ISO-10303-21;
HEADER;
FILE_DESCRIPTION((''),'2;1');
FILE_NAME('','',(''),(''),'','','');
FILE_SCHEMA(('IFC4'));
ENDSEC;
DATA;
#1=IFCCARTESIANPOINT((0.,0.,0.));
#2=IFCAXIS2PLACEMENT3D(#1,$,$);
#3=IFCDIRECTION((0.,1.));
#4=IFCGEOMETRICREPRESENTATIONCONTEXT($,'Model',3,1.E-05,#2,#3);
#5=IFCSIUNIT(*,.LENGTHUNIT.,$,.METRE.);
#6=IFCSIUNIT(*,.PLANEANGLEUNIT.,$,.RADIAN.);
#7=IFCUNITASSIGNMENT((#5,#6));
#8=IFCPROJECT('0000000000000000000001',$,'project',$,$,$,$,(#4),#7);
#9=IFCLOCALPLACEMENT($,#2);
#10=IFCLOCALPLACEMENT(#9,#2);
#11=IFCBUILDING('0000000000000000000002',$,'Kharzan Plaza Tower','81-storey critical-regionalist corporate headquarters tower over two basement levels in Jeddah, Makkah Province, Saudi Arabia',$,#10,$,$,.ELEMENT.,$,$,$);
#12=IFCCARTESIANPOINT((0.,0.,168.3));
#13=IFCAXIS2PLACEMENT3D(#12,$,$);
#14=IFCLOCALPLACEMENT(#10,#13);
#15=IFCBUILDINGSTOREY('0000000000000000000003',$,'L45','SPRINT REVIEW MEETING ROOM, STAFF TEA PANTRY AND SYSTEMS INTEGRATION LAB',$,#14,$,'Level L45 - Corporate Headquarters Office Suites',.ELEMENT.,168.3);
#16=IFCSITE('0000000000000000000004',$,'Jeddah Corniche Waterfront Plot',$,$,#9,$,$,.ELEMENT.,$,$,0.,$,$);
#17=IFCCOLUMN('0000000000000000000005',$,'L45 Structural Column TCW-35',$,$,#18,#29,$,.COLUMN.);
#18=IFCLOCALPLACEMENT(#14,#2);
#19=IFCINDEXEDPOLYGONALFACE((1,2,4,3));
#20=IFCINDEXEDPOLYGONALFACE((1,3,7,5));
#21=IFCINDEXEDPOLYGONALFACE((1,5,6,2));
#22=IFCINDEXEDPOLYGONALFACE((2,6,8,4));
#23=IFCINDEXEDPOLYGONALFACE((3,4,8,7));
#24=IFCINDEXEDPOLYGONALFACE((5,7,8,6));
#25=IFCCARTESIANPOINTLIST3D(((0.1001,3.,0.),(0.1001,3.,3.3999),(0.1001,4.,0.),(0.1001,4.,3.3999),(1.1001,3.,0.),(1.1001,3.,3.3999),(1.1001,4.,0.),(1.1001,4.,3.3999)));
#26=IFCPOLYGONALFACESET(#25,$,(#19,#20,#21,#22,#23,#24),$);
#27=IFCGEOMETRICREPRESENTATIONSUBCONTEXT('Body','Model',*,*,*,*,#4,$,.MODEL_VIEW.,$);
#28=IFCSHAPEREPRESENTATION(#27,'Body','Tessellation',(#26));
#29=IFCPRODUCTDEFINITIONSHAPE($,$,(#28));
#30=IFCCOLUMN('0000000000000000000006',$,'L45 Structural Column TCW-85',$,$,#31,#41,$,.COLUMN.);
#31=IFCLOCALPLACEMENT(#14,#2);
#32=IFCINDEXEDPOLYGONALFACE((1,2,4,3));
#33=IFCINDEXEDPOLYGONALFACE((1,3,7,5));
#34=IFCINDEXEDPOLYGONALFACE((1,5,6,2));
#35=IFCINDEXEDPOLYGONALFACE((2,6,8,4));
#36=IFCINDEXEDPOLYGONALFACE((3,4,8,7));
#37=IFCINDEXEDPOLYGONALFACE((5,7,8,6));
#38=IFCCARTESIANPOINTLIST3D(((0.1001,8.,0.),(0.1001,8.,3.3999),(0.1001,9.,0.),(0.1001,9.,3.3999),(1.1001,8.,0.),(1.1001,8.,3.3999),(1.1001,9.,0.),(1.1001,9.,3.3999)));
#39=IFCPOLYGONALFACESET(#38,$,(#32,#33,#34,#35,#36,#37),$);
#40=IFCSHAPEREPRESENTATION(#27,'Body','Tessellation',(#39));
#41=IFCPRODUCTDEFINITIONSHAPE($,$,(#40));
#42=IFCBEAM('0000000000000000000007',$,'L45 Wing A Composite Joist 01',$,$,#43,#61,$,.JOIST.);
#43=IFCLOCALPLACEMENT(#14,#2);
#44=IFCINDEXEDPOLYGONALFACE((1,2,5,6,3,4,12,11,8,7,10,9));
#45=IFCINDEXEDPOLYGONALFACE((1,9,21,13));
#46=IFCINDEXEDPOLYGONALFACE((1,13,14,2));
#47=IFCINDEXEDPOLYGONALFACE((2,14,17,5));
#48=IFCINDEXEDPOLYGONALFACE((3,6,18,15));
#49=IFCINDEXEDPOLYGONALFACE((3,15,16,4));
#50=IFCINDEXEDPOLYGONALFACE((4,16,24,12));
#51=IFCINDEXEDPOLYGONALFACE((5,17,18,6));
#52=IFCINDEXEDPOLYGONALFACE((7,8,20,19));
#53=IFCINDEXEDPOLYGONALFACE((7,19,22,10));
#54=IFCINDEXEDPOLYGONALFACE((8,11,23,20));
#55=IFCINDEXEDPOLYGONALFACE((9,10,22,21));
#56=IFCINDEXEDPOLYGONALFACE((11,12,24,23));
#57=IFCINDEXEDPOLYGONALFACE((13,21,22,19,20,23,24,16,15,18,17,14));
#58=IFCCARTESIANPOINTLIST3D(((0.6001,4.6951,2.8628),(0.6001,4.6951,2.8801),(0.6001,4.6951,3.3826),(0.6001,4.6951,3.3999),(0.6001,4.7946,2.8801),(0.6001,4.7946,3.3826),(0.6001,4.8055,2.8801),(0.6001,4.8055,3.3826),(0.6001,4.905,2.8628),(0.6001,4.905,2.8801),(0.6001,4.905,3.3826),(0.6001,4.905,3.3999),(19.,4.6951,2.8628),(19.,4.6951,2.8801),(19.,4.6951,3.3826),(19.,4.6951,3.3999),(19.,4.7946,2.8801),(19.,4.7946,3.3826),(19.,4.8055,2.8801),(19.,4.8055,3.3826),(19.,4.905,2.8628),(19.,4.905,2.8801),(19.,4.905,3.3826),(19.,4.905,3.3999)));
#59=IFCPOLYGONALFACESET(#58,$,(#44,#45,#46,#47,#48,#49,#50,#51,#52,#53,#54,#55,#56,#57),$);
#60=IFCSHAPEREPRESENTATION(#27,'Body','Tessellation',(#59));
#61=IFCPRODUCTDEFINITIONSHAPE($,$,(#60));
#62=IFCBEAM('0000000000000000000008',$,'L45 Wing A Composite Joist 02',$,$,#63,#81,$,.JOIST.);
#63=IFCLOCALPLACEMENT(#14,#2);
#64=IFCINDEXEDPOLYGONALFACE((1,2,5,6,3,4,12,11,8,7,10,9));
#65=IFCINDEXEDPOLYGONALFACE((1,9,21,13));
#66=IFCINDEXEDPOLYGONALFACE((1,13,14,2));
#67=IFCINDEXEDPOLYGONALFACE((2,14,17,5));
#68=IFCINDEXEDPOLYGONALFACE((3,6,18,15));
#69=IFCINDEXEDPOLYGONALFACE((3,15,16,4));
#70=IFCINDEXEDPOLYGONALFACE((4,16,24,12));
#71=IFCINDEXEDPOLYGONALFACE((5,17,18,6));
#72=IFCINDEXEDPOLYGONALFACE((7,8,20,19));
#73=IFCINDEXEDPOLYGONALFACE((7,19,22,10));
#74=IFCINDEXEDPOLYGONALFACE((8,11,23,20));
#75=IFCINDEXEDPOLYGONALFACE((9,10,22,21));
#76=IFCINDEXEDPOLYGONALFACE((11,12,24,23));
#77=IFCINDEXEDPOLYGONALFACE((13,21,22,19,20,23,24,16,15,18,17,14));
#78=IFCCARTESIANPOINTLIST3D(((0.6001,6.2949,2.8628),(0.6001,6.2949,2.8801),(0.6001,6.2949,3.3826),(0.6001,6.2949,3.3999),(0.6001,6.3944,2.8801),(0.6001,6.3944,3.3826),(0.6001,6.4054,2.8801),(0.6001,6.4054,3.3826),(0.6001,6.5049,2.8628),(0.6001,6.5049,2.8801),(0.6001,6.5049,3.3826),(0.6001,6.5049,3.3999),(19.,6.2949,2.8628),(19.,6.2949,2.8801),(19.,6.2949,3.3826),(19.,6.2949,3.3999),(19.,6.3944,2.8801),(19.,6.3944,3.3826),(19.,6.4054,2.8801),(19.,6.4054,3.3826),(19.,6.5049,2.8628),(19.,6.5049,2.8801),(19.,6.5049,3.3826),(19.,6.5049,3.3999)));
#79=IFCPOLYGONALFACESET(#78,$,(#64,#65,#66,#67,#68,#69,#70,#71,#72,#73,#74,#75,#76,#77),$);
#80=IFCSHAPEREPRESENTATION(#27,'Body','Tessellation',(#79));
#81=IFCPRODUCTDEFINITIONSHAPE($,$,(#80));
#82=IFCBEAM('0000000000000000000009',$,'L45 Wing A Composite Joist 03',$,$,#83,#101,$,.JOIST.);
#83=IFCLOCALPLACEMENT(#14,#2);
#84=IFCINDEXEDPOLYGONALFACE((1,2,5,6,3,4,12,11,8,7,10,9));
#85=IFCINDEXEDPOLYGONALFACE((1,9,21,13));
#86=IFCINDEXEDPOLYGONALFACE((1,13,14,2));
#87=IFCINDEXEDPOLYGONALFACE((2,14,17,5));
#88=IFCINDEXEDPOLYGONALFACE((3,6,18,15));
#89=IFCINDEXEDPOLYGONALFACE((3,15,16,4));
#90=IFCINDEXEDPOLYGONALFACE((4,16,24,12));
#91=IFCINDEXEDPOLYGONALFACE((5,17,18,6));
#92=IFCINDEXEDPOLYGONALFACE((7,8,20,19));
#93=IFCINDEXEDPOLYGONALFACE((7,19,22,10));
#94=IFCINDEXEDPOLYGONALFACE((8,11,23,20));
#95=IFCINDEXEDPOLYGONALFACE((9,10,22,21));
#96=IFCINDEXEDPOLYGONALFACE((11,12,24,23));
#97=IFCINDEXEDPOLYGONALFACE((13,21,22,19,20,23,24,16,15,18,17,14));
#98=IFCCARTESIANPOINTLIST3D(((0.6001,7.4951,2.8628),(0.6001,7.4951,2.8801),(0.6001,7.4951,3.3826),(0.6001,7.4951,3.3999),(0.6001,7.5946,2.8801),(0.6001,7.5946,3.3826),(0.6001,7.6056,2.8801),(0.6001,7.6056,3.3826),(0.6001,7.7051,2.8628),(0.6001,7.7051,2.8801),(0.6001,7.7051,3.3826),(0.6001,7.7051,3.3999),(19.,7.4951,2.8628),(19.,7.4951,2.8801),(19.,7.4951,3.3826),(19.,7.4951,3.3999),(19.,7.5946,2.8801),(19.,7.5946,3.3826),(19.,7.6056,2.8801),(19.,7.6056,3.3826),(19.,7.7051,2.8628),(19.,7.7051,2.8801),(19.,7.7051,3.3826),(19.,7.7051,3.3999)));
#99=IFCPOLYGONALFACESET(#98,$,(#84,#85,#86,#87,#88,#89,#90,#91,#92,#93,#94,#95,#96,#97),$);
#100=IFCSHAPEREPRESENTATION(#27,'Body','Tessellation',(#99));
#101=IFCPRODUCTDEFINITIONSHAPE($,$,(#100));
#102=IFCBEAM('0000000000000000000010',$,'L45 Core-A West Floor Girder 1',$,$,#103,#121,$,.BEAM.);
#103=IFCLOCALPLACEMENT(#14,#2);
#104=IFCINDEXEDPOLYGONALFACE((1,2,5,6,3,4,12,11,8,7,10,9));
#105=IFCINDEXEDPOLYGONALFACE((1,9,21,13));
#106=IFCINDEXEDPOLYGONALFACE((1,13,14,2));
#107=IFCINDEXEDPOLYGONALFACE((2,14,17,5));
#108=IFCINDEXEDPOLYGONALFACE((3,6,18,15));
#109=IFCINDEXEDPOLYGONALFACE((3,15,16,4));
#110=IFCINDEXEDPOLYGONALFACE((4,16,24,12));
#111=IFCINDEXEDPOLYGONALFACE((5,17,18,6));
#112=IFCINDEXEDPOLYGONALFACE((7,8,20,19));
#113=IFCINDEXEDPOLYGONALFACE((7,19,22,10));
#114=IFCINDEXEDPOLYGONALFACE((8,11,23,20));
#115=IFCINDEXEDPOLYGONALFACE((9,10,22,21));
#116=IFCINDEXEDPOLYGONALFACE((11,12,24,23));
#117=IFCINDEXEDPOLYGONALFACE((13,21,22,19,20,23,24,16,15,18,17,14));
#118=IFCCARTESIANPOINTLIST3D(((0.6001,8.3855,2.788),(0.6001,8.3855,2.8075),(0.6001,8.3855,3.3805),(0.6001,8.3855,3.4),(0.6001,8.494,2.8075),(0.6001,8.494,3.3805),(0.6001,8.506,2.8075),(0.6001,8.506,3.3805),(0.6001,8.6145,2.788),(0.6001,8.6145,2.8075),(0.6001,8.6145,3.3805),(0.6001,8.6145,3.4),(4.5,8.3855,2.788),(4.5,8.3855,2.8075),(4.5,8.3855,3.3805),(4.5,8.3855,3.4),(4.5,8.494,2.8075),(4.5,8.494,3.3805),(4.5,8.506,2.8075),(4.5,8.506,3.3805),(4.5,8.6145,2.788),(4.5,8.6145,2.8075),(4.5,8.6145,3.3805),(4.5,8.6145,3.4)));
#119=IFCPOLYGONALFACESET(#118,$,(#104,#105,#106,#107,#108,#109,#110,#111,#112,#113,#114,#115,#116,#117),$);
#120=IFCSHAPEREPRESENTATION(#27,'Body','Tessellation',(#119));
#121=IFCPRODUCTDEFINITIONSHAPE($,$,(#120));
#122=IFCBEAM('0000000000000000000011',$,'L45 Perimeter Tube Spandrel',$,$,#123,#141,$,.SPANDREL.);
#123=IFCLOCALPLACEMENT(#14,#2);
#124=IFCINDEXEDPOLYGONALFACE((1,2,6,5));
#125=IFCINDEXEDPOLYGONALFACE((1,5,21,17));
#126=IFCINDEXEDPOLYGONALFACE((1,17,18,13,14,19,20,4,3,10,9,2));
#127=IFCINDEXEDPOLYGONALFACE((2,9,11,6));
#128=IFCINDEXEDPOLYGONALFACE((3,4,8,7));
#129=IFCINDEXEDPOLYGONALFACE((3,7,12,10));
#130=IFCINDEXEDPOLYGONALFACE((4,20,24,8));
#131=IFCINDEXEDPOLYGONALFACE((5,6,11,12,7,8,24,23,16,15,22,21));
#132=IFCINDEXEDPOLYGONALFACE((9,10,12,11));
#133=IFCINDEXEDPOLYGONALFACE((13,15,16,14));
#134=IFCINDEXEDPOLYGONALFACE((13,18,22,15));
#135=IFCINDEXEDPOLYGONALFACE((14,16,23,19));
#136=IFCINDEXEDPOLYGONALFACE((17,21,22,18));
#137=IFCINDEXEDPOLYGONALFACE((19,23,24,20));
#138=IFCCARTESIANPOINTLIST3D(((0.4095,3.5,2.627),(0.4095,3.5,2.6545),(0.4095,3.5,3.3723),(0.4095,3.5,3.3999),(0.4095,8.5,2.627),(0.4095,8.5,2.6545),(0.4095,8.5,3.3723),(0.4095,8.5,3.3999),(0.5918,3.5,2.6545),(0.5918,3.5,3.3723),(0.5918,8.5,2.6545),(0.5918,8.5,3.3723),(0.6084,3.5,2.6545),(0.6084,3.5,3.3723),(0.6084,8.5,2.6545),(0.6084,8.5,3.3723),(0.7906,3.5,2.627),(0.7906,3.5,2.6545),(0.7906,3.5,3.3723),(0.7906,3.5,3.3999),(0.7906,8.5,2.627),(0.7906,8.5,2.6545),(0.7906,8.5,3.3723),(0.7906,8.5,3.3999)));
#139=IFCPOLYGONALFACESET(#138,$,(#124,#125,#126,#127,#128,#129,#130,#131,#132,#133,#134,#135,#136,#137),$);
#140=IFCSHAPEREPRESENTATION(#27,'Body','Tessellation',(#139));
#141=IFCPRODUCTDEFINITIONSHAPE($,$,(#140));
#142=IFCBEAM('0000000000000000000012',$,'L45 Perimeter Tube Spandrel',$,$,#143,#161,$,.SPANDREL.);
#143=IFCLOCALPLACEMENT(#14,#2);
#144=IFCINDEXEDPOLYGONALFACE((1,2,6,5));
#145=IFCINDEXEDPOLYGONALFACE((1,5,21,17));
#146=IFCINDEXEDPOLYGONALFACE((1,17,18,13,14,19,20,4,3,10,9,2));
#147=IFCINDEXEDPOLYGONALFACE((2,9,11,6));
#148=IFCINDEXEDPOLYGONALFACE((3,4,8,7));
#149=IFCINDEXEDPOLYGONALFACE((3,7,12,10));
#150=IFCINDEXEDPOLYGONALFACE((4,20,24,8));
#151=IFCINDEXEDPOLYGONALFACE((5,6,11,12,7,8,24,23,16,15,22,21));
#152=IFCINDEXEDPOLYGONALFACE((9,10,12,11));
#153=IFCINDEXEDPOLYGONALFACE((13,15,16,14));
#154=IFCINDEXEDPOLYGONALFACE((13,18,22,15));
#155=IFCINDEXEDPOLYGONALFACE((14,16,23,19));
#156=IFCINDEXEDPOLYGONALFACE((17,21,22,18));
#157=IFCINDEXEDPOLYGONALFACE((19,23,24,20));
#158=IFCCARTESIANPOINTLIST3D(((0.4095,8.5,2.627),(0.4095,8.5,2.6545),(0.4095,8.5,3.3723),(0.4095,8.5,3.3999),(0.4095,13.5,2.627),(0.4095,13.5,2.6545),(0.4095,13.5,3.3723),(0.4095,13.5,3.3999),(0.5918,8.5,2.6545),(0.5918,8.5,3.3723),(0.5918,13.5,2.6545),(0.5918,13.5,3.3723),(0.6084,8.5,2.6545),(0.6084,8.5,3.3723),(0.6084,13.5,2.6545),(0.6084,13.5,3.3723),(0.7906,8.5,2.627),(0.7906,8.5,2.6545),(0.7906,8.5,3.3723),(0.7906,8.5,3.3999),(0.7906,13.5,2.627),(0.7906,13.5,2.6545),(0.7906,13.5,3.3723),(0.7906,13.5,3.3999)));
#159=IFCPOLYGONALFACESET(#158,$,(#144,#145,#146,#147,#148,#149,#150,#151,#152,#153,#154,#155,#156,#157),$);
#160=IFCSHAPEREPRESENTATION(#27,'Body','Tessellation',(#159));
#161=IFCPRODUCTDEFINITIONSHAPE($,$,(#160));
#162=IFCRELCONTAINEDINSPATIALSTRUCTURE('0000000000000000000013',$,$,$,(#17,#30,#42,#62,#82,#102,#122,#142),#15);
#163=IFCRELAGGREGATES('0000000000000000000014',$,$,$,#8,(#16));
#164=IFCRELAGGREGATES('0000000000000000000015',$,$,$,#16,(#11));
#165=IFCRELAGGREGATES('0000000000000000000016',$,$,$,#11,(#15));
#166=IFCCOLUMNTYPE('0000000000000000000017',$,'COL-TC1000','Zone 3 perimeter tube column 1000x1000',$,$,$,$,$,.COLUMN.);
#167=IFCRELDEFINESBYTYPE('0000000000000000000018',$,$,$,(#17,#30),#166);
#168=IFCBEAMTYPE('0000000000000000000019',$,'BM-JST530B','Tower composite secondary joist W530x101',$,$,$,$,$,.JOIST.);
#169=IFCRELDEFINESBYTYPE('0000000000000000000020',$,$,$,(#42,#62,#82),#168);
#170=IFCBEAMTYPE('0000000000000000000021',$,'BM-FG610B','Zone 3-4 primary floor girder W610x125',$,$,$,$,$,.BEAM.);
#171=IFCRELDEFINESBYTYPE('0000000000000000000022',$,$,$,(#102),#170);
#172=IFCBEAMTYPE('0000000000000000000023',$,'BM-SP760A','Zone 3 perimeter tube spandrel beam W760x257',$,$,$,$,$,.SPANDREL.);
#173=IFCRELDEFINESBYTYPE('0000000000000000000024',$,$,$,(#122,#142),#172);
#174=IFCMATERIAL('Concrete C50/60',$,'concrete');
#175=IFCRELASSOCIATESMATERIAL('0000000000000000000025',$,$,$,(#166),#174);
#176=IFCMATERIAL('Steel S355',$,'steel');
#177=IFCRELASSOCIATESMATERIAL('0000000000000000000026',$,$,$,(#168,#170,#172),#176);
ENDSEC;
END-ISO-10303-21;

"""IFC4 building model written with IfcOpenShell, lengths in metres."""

from ifc_helpers import new_model, si_unit, direction, frame, origin, origin_2d, place, context, subcontext, project, spatial, rectangle, i_section, extrude, source, transform, mapped, material, material_profile, profile_set, type_object, element, save


model = new_model("IFC4")

# Units and contexts
model_context = context("Model", 3, precision=1e-05, world=origin(), true_north=direction((0.0, 1.0)))
body_context = subcontext(model_context, "Body", "Model", "MODEL_VIEW")
ifc_project = project(units=[si_unit("LENGTHUNIT", "METRE"), si_unit("PLANEANGLEUNIT", "RADIAN")], contexts=[model_context])

# Site, building, storey
site_placement = place(None, origin())
site = spatial("IfcSite", under=ifc_project, at=site_placement, Name="Jeddah Corniche Waterfront Plot", CompositionType="ELEMENT", RefElevation=0.0)
building_placement = place(site_placement, origin())
building = spatial("IfcBuilding", under=site, at=building_placement, Name="Kharzan Plaza Tower", Description="81-storey critical-regionalist corporate headquarters tower over two basement levels in Jeddah, Makkah Province, Saudi Arabia", CompositionType="ELEMENT")
storey_placement = place(building_placement, frame((0.0, 0.0, 168.3)))
storey = spatial("IfcBuildingStorey", under=building, at=storey_placement, Name="L45", Description="SPRINT REVIEW MEETING ROOM, STAFF TEA PANTRY AND SYSTEMS INTEGRATION LAB", LongName="Level L45 - Corporate Headquarters Office Suites", CompositionType="ELEMENT", Elevation=168.3)

# Columns
ifc_material_1 = material(Name="Concrete C50/60", Category="concrete")
ifc_material_profile_1 = material_profile(ifc_material_1, rectangle(XDim=1.0, YDim=1.0, at=origin_2d()), Name="RC-TC1000x1000")
ifc_profile_set_1 = profile_set([ifc_material_profile_1], Name="Concrete C50/60")
column_type = type_object("IfcColumnType", Name="COL-TC1000", Description="Zone 3 perimeter tube column 1000x1000", PredefinedType="COLUMN", material=ifc_profile_set_1)
shared_shape_1 = source(origin(), body_context, "Body", "SweptSolid", [
    extrude(rectangle(XDim=1.0, YDim=1.0, at=origin_2d()), origin(), (0.0, 0.0, 1.0), 3.3999),
])
for number, where, z_axis, x_axis, name in (
    (1, (0.6001, 3.5, 0.0), (0.0, 0.0, 1.0), (1.0, 0.0, 0.0), "L45 Structural Column TCW-35"),
    (2, (0.6001, 8.5, 0.0), (0.0, 0.0, 1.0), (1.0, 0.0, 0.0), "L45 Structural Column TCW-85"),
):
    element("IfcColumn", number, at=place(storey_placement, frame(where, z_axis=z_axis, x_axis=x_axis)), inside=storey, type_object=column_type, Name=name, PredefinedType="COLUMN", context=body_context, shape_type="MappedRepresentation", body=[
        mapped(shared_shape_1, transform((0.0, 0.0, 0.0), x_axis=(1.0, 0.0, 0.0), y_axis=(0.0, 1.0, 0.0), z_axis=(0.0, 0.0, 1.0))),
    ])

# Beams
ifc_material_2 = material(Name="Steel S355", Category="steel")
ifc_material_profile_2 = material_profile(ifc_material_2, i_section(OverallWidth=0.21, OverallDepth=0.5371, WebThickness=0.011, FlangeThickness=0.0173, at=origin_2d()), Name="W530x101")
ifc_profile_set_2 = profile_set([ifc_material_profile_2], Name="Steel S355")
beam_type_1 = type_object("IfcBeamType", Name="BM-JST530B", Description="Tower composite secondary joist W530x101", PredefinedType="JOIST", material=ifc_profile_set_2)
shared_shape_2 = source(origin(), body_context, "Body", "SweptSolid", [
    extrude(i_section(OverallWidth=0.21, OverallDepth=0.5371, WebThickness=0.011, FlangeThickness=0.0173, at=origin_2d()), origin(), (0.0, 0.0, 1.0), 18.3999),
])
for number, where, z_axis, x_axis, name in (
    (3, (0.6001, 4.8, 3.1313), (1.0, 0.0, 0.0), (0.0, 1.0, 0.0), "L45 Wing A Composite Joist 01"),
    (4, (0.6001, 6.3999, 3.1313), (1.0, 0.0, 0.0), (0.0, 1.0, 0.0), "L45 Wing A Composite Joist 02"),
    (5, (0.6001, 7.6001, 3.1313), (1.0, 0.0, 0.0), (0.0, 1.0, 0.0), "L45 Wing A Composite Joist 03"),
):
    element("IfcBeam", number, at=place(storey_placement, frame(where, z_axis=z_axis, x_axis=x_axis)), inside=storey, type_object=beam_type_1, Name=name, PredefinedType="JOIST", context=body_context, shape_type="MappedRepresentation", body=[
        mapped(shared_shape_2, transform((0.0, 0.0, 0.0), x_axis=(1.0, 0.0, 0.0), y_axis=(0.0, 1.0, 0.0), z_axis=(0.0, 0.0, 1.0))),
    ])
ifc_material_profile_3 = material_profile(ifc_material_2, i_section(OverallWidth=0.229, OverallDepth=0.6121, WebThickness=0.012, FlangeThickness=0.0195, at=origin_2d()), Name="W610x125")
ifc_profile_set_3 = profile_set([ifc_material_profile_3], Name="Steel S355")
beam_type_2 = type_object("IfcBeamType", Name="BM-FG610B", Description="Zone 3-4 primary floor girder W610x125", PredefinedType="BEAM", material=ifc_profile_set_3)
shared_shape_3 = source(origin(), body_context, "Body", "SweptSolid", [
    extrude(i_section(OverallWidth=0.229, OverallDepth=0.6121, WebThickness=0.012, FlangeThickness=0.0195, at=origin_2d()), origin(), (0.0, 0.0, 1.0), 3.8999),
])
beam_placement = place(storey_placement, frame((0.6001, 8.5, 3.094), z_axis=(1.0, 0.0, 0.0), x_axis=(0.0, 1.0, 0.0)))
element("IfcBeam", 6, at=beam_placement, inside=storey, type_object=beam_type_2, Name="L45 Core-A West Floor Girder 1", PredefinedType="BEAM", context=body_context, shape_type="MappedRepresentation", body=[
    mapped(shared_shape_3, transform((0.0, 0.0, 0.0), x_axis=(1.0, 0.0, 0.0), y_axis=(0.0, 1.0, 0.0), z_axis=(0.0, 0.0, 1.0))),
])
ifc_material_profile_4 = material_profile(ifc_material_2, i_section(OverallWidth=0.3811, OverallDepth=0.7729, WebThickness=0.0166, FlangeThickness=0.0276, at=origin_2d()), Name="W760x257")
ifc_profile_set_4 = profile_set([ifc_material_profile_4], Name="Steel S355")
beam_type_3 = type_object("IfcBeamType", Name="BM-SP760A", Description="Zone 3 perimeter tube spandrel beam W760x257", PredefinedType="SPANDREL", material=ifc_profile_set_4)
shared_shape_4 = source(origin(), body_context, "Body", "SweptSolid", [
    extrude(i_section(OverallWidth=0.3811, OverallDepth=0.7729, WebThickness=0.0166, FlangeThickness=0.0276, at=origin_2d()), origin(), (0.0, 0.0, 1.0), 5.0),
])
for number, where, z_axis, x_axis, name in (
    (7, (0.6001, 3.5, 3.0134), (0.0, 1.0, 0.0), (-1.0, 0.0, 0.0), "L45 Perimeter Tube Spandrel"),
    (8, (0.6001, 8.5, 3.0134), (0.0, 1.0, 0.0), (-1.0, 0.0, 0.0), "L45 Perimeter Tube Spandrel"),
):
    element("IfcBeam", number, at=place(storey_placement, frame(where, z_axis=z_axis, x_axis=x_axis)), inside=storey, type_object=beam_type_3, Name=name, PredefinedType="SPANDREL", context=body_context, shape_type="MappedRepresentation", body=[
        mapped(shared_shape_4, transform((0.0, 0.0, 0.0), x_axis=(1.0, 0.0, 0.0), y_axis=(0.0, 1.0, 0.0), z_axis=(0.0, 0.0, 1.0))),
    ])

save(model, "model.ifc")
